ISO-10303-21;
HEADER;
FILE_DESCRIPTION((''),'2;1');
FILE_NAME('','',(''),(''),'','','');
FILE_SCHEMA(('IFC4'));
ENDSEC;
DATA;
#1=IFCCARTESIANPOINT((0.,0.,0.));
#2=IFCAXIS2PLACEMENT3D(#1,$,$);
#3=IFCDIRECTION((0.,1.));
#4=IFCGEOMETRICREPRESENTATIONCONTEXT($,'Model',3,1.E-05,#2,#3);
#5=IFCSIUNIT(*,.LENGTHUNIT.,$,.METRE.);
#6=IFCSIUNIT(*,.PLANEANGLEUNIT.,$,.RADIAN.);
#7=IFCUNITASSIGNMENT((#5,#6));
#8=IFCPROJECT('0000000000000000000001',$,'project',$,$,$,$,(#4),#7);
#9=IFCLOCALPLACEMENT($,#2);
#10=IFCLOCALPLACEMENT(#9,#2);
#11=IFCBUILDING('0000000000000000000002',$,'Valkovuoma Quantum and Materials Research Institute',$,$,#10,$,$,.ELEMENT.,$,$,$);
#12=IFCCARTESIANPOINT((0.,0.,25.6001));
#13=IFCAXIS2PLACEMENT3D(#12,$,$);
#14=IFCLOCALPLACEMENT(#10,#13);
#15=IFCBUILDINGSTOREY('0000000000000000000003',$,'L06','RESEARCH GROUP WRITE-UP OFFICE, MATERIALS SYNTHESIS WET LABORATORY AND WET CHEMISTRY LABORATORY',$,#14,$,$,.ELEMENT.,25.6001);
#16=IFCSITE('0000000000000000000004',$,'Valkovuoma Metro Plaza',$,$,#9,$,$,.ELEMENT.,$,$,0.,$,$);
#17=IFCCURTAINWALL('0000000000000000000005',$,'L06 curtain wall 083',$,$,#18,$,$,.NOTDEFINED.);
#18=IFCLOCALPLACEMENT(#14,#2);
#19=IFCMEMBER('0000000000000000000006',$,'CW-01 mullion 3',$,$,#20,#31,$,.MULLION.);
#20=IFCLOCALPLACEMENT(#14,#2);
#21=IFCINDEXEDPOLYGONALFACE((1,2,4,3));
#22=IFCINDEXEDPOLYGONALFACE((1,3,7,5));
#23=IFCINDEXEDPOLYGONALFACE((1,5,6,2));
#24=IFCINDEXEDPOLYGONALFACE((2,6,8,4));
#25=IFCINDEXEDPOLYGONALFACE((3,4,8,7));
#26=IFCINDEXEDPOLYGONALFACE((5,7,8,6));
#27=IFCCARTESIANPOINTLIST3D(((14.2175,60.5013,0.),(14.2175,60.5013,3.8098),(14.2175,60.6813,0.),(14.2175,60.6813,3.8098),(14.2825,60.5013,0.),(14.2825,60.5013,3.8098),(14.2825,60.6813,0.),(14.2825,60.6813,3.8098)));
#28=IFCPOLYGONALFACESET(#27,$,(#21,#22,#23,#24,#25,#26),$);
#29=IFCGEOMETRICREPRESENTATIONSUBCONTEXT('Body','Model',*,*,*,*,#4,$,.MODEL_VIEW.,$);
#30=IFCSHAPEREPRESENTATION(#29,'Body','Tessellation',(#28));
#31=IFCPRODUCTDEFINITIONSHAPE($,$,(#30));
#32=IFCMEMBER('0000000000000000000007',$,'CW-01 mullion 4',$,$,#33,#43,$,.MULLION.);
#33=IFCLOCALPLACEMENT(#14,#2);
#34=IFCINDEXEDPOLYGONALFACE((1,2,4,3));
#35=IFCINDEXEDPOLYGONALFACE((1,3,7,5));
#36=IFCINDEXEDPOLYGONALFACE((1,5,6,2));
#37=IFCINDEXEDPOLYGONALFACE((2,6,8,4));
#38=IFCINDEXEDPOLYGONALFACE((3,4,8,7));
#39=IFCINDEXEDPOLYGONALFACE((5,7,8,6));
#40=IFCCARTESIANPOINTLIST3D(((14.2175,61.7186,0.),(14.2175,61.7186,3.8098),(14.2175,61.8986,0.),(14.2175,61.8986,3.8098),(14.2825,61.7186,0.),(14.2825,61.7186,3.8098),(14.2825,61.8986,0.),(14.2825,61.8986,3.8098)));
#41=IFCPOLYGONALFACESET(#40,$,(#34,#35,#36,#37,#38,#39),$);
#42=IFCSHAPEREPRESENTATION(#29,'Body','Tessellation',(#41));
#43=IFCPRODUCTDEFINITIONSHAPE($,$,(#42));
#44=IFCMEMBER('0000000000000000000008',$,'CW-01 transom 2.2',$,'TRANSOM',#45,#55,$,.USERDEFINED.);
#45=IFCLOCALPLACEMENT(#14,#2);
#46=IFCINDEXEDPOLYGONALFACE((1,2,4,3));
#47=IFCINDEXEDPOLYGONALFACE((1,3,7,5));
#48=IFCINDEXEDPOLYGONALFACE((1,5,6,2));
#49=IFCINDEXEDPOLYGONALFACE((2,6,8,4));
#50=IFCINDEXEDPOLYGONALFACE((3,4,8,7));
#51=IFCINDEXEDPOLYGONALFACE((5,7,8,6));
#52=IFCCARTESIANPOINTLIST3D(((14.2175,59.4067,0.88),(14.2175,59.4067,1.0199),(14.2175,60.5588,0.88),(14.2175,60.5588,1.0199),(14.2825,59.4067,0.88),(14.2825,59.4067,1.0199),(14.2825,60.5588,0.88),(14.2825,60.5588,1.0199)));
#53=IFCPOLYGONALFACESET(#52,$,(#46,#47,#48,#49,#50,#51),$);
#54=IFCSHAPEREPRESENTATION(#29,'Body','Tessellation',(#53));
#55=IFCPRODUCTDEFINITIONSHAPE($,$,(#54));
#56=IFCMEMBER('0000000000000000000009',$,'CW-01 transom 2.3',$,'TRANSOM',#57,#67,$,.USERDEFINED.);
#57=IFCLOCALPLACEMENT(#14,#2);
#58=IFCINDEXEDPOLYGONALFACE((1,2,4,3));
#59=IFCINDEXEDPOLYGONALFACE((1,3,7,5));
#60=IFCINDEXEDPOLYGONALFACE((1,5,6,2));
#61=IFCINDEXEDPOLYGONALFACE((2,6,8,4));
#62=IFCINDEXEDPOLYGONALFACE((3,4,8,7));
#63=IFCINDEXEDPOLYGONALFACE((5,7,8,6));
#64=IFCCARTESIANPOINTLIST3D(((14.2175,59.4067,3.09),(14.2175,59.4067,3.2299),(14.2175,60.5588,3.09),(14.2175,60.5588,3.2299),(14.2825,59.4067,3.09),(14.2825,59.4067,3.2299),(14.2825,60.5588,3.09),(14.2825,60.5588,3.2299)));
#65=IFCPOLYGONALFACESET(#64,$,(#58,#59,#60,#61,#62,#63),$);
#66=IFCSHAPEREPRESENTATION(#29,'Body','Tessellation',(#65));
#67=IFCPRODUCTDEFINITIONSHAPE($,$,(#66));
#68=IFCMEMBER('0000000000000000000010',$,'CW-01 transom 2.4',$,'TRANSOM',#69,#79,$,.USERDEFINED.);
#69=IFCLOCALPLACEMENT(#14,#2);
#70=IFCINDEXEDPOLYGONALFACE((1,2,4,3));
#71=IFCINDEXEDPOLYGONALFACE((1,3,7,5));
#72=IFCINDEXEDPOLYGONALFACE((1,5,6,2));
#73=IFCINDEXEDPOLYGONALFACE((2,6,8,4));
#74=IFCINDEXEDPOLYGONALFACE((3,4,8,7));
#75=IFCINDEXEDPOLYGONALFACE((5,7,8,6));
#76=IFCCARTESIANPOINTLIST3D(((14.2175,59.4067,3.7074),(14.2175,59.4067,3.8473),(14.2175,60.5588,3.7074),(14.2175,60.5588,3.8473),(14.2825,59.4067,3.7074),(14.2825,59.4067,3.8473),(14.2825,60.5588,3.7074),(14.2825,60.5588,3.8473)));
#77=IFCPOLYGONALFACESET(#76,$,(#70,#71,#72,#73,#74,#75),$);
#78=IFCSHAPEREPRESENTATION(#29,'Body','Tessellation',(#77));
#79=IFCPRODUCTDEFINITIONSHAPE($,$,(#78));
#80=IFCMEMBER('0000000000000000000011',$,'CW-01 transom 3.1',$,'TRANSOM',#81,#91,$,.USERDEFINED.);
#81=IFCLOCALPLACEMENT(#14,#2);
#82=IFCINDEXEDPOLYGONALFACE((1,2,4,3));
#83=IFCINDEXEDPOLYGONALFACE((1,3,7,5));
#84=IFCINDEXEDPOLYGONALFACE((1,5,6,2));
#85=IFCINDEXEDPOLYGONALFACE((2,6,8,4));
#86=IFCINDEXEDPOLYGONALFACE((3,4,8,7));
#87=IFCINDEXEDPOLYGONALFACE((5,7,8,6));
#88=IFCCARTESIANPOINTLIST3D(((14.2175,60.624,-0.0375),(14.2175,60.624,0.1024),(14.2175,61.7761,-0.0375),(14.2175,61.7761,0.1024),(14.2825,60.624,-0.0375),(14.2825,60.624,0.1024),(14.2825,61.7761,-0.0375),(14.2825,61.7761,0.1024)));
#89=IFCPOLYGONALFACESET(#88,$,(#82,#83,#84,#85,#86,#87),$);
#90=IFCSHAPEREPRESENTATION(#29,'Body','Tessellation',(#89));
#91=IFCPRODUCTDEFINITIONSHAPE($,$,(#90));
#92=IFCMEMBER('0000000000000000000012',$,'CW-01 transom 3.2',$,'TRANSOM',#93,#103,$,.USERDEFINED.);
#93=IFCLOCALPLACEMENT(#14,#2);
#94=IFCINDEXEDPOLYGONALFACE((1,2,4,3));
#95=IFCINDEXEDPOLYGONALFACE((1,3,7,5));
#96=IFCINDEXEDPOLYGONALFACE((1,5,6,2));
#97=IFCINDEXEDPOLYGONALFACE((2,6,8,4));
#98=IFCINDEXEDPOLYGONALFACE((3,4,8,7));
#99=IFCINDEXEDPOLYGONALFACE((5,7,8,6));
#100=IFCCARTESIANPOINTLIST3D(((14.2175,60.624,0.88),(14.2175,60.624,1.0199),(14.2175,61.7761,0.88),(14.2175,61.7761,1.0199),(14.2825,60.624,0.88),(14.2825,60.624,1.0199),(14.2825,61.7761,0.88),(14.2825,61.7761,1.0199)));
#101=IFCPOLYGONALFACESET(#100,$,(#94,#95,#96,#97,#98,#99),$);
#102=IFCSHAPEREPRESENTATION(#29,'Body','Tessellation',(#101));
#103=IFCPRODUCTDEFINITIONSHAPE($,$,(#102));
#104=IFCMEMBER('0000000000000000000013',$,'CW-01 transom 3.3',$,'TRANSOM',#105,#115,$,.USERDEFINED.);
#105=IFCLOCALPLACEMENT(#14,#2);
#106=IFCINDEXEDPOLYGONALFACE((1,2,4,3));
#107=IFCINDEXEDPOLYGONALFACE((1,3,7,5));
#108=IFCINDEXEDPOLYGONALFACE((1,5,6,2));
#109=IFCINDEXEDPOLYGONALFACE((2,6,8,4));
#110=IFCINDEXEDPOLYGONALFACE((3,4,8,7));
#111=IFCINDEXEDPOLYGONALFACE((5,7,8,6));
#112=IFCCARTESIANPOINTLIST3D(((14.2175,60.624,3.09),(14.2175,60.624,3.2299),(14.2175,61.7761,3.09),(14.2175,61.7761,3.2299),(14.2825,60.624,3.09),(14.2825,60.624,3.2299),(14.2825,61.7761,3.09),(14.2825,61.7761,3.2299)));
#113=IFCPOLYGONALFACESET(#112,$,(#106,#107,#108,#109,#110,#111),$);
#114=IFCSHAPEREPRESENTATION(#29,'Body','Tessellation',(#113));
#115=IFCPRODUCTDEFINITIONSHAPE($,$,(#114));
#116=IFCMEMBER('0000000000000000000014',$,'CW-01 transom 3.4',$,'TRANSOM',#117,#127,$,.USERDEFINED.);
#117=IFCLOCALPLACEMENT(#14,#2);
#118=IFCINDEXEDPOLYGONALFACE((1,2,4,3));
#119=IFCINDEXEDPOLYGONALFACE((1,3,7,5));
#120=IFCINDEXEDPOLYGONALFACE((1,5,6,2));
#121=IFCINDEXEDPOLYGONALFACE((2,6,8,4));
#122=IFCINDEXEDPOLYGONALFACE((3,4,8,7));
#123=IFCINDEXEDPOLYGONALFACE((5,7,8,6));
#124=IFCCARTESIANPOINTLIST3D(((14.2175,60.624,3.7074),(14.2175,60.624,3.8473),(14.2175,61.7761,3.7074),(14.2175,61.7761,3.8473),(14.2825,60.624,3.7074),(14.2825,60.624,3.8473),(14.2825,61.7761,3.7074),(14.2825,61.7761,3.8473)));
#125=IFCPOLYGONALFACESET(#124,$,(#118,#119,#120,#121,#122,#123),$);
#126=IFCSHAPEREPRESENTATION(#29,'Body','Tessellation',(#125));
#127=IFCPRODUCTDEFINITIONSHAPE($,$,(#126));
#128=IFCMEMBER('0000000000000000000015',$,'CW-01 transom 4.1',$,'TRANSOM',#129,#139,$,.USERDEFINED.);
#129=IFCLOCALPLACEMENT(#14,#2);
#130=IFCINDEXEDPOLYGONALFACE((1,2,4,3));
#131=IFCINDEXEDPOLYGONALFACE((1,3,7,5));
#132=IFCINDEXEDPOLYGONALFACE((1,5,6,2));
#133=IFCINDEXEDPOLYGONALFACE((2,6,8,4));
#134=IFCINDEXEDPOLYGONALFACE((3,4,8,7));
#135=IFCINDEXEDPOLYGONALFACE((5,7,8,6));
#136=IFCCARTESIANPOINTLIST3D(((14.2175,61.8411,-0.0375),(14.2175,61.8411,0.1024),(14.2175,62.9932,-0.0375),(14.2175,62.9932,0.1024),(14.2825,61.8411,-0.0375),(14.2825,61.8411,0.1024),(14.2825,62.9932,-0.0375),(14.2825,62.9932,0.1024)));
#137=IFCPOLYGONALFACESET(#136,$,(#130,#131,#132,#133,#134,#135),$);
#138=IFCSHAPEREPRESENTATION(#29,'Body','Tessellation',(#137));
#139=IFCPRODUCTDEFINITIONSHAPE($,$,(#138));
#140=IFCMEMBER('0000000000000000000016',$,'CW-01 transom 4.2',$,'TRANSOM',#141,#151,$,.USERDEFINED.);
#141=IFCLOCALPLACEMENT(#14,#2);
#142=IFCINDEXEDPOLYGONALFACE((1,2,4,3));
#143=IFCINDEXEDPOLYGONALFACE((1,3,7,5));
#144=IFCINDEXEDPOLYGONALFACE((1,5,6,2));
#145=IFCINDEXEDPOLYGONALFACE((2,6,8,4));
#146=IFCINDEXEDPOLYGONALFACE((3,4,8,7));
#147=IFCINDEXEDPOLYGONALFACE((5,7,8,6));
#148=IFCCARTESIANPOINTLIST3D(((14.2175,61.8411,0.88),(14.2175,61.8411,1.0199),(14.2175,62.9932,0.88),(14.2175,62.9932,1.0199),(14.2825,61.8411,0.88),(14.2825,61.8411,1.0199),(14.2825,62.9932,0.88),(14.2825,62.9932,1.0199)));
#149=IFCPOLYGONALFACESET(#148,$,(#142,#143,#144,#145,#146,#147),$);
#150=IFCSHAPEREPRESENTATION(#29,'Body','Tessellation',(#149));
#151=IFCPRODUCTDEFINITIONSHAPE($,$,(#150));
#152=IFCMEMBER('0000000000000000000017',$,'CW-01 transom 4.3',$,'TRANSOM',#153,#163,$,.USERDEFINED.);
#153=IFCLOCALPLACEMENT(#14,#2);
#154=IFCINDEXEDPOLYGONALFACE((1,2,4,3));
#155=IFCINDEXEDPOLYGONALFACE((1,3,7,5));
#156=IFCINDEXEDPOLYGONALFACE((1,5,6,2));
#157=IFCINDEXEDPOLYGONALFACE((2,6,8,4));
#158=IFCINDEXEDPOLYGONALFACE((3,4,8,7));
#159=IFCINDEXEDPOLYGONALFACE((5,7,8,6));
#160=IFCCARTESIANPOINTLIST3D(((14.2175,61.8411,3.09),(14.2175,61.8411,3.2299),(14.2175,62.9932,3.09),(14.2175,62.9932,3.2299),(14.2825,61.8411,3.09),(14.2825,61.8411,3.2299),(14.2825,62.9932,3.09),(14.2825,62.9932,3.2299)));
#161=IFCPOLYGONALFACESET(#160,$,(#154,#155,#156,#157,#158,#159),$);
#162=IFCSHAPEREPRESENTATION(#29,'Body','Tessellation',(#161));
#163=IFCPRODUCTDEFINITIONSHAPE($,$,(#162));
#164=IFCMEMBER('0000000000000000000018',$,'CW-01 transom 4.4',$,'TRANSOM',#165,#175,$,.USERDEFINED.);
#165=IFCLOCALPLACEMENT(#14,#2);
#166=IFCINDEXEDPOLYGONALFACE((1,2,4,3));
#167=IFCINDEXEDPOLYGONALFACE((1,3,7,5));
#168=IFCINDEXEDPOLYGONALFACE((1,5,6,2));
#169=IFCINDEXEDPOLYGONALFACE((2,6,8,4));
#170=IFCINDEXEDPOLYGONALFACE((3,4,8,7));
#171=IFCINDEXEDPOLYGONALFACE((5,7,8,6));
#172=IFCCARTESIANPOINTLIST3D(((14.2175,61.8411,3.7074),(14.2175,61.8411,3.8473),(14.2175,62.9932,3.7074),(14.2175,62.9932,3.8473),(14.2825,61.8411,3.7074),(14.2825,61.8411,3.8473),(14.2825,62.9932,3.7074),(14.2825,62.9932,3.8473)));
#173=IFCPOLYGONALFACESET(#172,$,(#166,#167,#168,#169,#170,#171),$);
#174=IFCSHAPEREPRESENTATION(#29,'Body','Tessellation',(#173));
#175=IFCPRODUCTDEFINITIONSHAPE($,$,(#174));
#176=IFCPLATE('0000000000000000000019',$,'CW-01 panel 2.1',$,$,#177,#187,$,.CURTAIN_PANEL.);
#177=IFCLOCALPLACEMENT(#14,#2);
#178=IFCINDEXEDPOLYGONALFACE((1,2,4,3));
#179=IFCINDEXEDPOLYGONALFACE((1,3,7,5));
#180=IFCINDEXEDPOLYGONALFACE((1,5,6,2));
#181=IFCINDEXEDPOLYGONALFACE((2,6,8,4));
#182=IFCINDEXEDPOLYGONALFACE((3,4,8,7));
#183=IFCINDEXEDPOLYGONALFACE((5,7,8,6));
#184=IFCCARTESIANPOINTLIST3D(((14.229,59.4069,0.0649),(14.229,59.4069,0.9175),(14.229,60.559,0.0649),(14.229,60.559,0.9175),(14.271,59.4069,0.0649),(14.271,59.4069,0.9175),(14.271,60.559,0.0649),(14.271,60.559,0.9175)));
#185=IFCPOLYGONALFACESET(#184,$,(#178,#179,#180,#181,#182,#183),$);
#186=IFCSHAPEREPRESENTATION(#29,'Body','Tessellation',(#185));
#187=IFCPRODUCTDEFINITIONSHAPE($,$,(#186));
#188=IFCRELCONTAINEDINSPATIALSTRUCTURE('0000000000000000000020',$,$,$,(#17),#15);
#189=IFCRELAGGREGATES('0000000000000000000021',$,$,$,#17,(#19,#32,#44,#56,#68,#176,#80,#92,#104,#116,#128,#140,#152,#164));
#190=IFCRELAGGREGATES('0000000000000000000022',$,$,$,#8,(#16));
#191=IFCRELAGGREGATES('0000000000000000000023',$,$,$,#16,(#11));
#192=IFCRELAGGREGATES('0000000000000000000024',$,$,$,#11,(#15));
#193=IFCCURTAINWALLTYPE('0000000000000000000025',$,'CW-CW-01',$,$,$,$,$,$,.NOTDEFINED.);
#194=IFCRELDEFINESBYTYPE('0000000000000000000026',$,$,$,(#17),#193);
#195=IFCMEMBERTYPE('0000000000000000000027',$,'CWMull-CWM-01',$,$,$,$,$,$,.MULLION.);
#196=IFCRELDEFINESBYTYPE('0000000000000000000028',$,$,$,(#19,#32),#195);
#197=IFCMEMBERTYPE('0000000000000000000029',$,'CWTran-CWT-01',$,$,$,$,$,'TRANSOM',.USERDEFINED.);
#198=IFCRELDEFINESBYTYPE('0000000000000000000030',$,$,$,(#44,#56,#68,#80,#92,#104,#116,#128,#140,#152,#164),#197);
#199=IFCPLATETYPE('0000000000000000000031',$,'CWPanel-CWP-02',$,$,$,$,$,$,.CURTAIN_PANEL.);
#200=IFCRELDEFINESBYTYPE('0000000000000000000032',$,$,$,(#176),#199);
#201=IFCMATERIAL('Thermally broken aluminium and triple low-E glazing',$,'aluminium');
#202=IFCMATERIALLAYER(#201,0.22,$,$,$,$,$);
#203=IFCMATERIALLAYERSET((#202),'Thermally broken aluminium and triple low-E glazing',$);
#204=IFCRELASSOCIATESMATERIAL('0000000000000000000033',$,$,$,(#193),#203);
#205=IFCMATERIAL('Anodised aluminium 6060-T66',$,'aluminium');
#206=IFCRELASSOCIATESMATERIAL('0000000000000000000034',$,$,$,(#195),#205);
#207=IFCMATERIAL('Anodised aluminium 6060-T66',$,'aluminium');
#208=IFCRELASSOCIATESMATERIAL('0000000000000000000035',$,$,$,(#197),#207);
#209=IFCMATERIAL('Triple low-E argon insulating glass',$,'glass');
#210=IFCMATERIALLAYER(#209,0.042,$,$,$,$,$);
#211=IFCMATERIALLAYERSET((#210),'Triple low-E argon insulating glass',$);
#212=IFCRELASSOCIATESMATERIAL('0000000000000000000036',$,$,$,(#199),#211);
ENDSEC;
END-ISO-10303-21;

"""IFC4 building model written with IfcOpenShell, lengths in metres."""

from ifc_helpers import new_model, si_unit, direction, frame, origin, origin_2d, place, context, subcontext, project, spatial, rectangle, extrude, material, layer, layer_set, material_profile, profile_set, type_object, element, aggregate, save


model = new_model("IFC4")

# Units and contexts
model_context = context("Model", 3, precision=1e-05, world=origin(), true_north=direction((0.0, 1.0)))
body_context = subcontext(model_context, "Body", "Model", "MODEL_VIEW")
ifc_project = project(units=[si_unit("LENGTHUNIT", "METRE"), si_unit("PLANEANGLEUNIT", "RADIAN")], contexts=[model_context])

# Site, building, storey
site_placement = place(None, origin())
site = spatial("IfcSite", under=ifc_project, at=site_placement, Name="Valkovuoma Metro Plaza", CompositionType="ELEMENT", RefElevation=0.0)
building_placement = place(site_placement, origin())
building = spatial("IfcBuilding", under=site, at=building_placement, Name="Valkovuoma Quantum and Materials Research Institute", CompositionType="ELEMENT")
storey_placement = place(building_placement, frame((0.0, 0.0, 25.6001)))
storey = spatial("IfcBuildingStorey", under=building, at=storey_placement, Name="L06", Description="RESEARCH GROUP WRITE-UP OFFICE, MATERIALS SYNTHESIS WET LABORATORY AND WET CHEMISTRY LABORATORY", CompositionType="ELEMENT", Elevation=25.6001)

# Curtain wall, members, plate
ifc_material_1 = material(Name="Thermally broken aluminium and triple low-E glazing", Category="aluminium")
ifc_layer_1 = layer(ifc_material_1, 0.22)
ifc_layer_set_1 = layer_set([ifc_layer_1], Name="Thermally broken aluminium and triple low-E glazing")
curtain_wall_type = type_object("IfcCurtainWallType", Name="CW-CW-01", PredefinedType="NOTDEFINED", material=ifc_layer_set_1)
curtain_wall_placement = place(storey_placement, origin())
curtain_wall = element("IfcCurtainWall", 1, at=curtain_wall_placement, inside=storey, type_object=curtain_wall_type, Name="L06 curtain wall 083", PredefinedType="NOTDEFINED")
ifc_material_2 = material(Name="Anodised aluminium 6060-T66", Category="aluminium")
ifc_material_profile_1 = material_profile(ifc_material_2, rectangle(XDim=0.0649, YDim=0.1799, at=origin_2d()), Name="Anodised aluminium 6060-T66")
ifc_profile_set_1 = profile_set([ifc_material_profile_1], Name="Anodised aluminium 6060-T66")
member_type_1 = type_object("IfcMemberType", Name="CWMull-CWM-01", PredefinedType="MULLION", material=ifc_profile_set_1)
member_1_placement = place(storey_placement, frame((14.25, 60.5913, 0.0), z_axis=(0.0, 0.0, 1.0), x_axis=(-1.0, 0.0, 0.0)))
member_1 = element("IfcMember", 2, at=member_1_placement, type_object=member_type_1, Name="CW-01 mullion 3", PredefinedType="MULLION", context=body_context, shape_type="SweptSolid", body=[
    extrude(rectangle(XDim=0.0649, YDim=0.1799, at=origin_2d()), origin(), (0.0, 0.0, 1.0), 3.8098),
])
member_2_placement = place(storey_placement, frame((14.25, 61.8086, 0.0), z_axis=(0.0, 0.0, 1.0), x_axis=(-1.0, 0.0, 0.0)))
member_2 = element("IfcMember", 3, at=member_2_placement, type_object=member_type_1, Name="CW-01 mullion 4", PredefinedType="MULLION", context=body_context, shape_type="SweptSolid", body=[
    extrude(rectangle(XDim=0.0649, YDim=0.1799, at=origin_2d()), origin(), (0.0, 0.0, 1.0), 3.8098),
])
ifc_material_3 = material(Name="Anodised aluminium 6060-T66", Category="aluminium")
ifc_material_profile_2 = material_profile(ifc_material_3, rectangle(XDim=0.0649, YDim=0.1399, at=origin_2d()), Name="Anodised aluminium 6060-T66")
ifc_profile_set_2 = profile_set([ifc_material_profile_2], Name="Anodised aluminium 6060-T66")
member_type_2 = type_object("IfcMemberType", Name="CWTran-CWT-01", ElementType="TRANSOM", PredefinedType="USERDEFINED", material=ifc_profile_set_2)
member_3_placement = place(storey_placement, frame((14.25, 59.4067, 0.95), z_axis=(0.0, 1.0, 0.0), x_axis=(-1.0, 0.0, 0.0)))
member_3 = element("IfcMember", 4, at=member_3_placement, type_object=member_type_2, Name="CW-01 transom 2.2", ObjectType="TRANSOM", PredefinedType="USERDEFINED", context=body_context, shape_type="SweptSolid", body=[
    extrude(rectangle(XDim=0.0649, YDim=0.1399, at=origin_2d()), origin(), (0.0, 0.0, 1.0), 1.1521),
])
member_4_placement = place(storey_placement, frame((14.25, 59.4067, 3.1599), z_axis=(0.0, 1.0, 0.0), x_axis=(-1.0, 0.0, 0.0)))
member_4 = element("IfcMember", 5, at=member_4_placement, type_object=member_type_2, Name="CW-01 transom 2.3", ObjectType="TRANSOM", PredefinedType="USERDEFINED", context=body_context, shape_type="SweptSolid", body=[
    extrude(rectangle(XDim=0.0649, YDim=0.1399, at=origin_2d()), origin(), (0.0, 0.0, 1.0), 1.1521),
])
member_5_placement = place(storey_placement, frame((14.25, 59.4067, 3.7773), z_axis=(0.0, 1.0, 0.0), x_axis=(-1.0, 0.0, 0.0)))
member_5 = element("IfcMember", 6, at=member_5_placement, type_object=member_type_2, Name="CW-01 transom 2.4", ObjectType="TRANSOM", PredefinedType="USERDEFINED", context=body_context, shape_type="SweptSolid", body=[
    extrude(rectangle(XDim=0.0649, YDim=0.1399, at=origin_2d()), origin(), (0.0, 0.0, 1.0), 1.1521),
])
member_6_placement = place(storey_placement, frame((14.25, 60.624, 0.0325), z_axis=(0.0, 1.0, 0.0), x_axis=(-1.0, 0.0, 0.0)))
member_6 = element("IfcMember", 7, at=member_6_placement, type_object=member_type_2, Name="CW-01 transom 3.1", ObjectType="TRANSOM", PredefinedType="USERDEFINED", context=body_context, shape_type="SweptSolid", body=[
    extrude(rectangle(XDim=0.0649, YDim=0.1399, at=origin_2d()), origin(), (0.0, 0.0, 1.0), 1.1521),
])
member_7_placement = place(storey_placement, frame((14.25, 60.624, 0.95), z_axis=(0.0, 1.0, 0.0), x_axis=(-1.0, 0.0, 0.0)))
member_7 = element("IfcMember", 8, at=member_7_placement, type_object=member_type_2, Name="CW-01 transom 3.2", ObjectType="TRANSOM", PredefinedType="USERDEFINED", context=body_context, shape_type="SweptSolid", body=[
    extrude(rectangle(XDim=0.0649, YDim=0.1399, at=origin_2d()), origin(), (0.0, 0.0, 1.0), 1.1521),
])
member_8_placement = place(storey_placement, frame((14.25, 60.624, 3.1599), z_axis=(0.0, 1.0, 0.0), x_axis=(-1.0, 0.0, 0.0)))
member_8 = element("IfcMember", 9, at=member_8_placement, type_object=member_type_2, Name="CW-01 transom 3.3", ObjectType="TRANSOM", PredefinedType="USERDEFINED", context=body_context, shape_type="SweptSolid", body=[
    extrude(rectangle(XDim=0.0649, YDim=0.1399, at=origin_2d()), origin(), (0.0, 0.0, 1.0), 1.1521),
])
member_9_placement = place(storey_placement, frame((14.25, 60.624, 3.7773), z_axis=(0.0, 1.0, 0.0), x_axis=(-1.0, 0.0, 0.0)))
member_9 = element("IfcMember", 10, at=member_9_placement, type_object=member_type_2, Name="CW-01 transom 3.4", ObjectType="TRANSOM", PredefinedType="USERDEFINED", context=body_context, shape_type="SweptSolid", body=[
    extrude(rectangle(XDim=0.0649, YDim=0.1399, at=origin_2d()), origin(), (0.0, 0.0, 1.0), 1.1521),
])
member_10_placement = place(storey_placement, frame((14.25, 61.8411, 0.0325), z_axis=(0.0, 1.0, 0.0), x_axis=(-1.0, 0.0, 0.0)))
member_10 = element("IfcMember", 11, at=member_10_placement, type_object=member_type_2, Name="CW-01 transom 4.1", ObjectType="TRANSOM", PredefinedType="USERDEFINED", context=body_context, shape_type="SweptSolid", body=[
    extrude(rectangle(XDim=0.0649, YDim=0.1399, at=origin_2d()), origin(), (0.0, 0.0, 1.0), 1.1521),
])
member_11_placement = place(storey_placement, frame((14.25, 61.8411, 0.95), z_axis=(0.0, 1.0, 0.0), x_axis=(-1.0, 0.0, 0.0)))
member_11 = element("IfcMember", 12, at=member_11_placement, type_object=member_type_2, Name="CW-01 transom 4.2", ObjectType="TRANSOM", PredefinedType="USERDEFINED", context=body_context, shape_type="SweptSolid", body=[
    extrude(rectangle(XDim=0.0649, YDim=0.1399, at=origin_2d()), origin(), (0.0, 0.0, 1.0), 1.1521),
])
member_12_placement = place(storey_placement, frame((14.25, 61.8411, 3.1599), z_axis=(0.0, 1.0, 0.0), x_axis=(-1.0, 0.0, 0.0)))
member_12 = element("IfcMember", 13, at=member_12_placement, type_object=member_type_2, Name="CW-01 transom 4.3", ObjectType="TRANSOM", PredefinedType="USERDEFINED", context=body_context, shape_type="SweptSolid", body=[
    extrude(rectangle(XDim=0.0649, YDim=0.1399, at=origin_2d()), origin(), (0.0, 0.0, 1.0), 1.1521),
])
member_13_placement = place(storey_placement, frame((14.25, 61.8411, 3.7773), z_axis=(0.0, 1.0, 0.0), x_axis=(-1.0, 0.0, 0.0)))
member_13 = element("IfcMember", 14, at=member_13_placement, type_object=member_type_2, Name="CW-01 transom 4.4", ObjectType="TRANSOM", PredefinedType="USERDEFINED", context=body_context, shape_type="SweptSolid", body=[
    extrude(rectangle(XDim=0.0649, YDim=0.1399, at=origin_2d()), origin(), (0.0, 0.0, 1.0), 1.1521),
])
ifc_material_4 = material(Name="Triple low-E argon insulating glass", Category="glass")
ifc_layer_2 = layer(ifc_material_4, 0.042)
ifc_layer_set_2 = layer_set([ifc_layer_2], Name="Triple low-E argon insulating glass")
plate_type = type_object("IfcPlateType", Name="CWPanel-CWP-02", PredefinedType="CURTAIN_PANEL", material=ifc_layer_set_2)
plate_1_placement = place(storey_placement, frame((14.25, 59.9829, 0.0649), z_axis=(0.0, 0.0, 1.0), x_axis=(0.0, 1.0, 0.0)))
plate_1 = element("IfcPlate", 15, at=plate_1_placement, type_object=plate_type, Name="CW-01 panel 2.1", PredefinedType="CURTAIN_PANEL", context=body_context, shape_type="SweptSolid", body=[
    extrude(rectangle(XDim=1.1521, YDim=0.042, at=origin_2d()), origin(), (0.0, 0.0, 1.0), 0.8525),
])
aggregate(curtain_wall, [member_1, member_2, member_3, member_4, member_5, plate_1, member_6, member_7, member_8, member_9, member_10, member_11, member_12, member_13])

save(model, "model.ifc")
